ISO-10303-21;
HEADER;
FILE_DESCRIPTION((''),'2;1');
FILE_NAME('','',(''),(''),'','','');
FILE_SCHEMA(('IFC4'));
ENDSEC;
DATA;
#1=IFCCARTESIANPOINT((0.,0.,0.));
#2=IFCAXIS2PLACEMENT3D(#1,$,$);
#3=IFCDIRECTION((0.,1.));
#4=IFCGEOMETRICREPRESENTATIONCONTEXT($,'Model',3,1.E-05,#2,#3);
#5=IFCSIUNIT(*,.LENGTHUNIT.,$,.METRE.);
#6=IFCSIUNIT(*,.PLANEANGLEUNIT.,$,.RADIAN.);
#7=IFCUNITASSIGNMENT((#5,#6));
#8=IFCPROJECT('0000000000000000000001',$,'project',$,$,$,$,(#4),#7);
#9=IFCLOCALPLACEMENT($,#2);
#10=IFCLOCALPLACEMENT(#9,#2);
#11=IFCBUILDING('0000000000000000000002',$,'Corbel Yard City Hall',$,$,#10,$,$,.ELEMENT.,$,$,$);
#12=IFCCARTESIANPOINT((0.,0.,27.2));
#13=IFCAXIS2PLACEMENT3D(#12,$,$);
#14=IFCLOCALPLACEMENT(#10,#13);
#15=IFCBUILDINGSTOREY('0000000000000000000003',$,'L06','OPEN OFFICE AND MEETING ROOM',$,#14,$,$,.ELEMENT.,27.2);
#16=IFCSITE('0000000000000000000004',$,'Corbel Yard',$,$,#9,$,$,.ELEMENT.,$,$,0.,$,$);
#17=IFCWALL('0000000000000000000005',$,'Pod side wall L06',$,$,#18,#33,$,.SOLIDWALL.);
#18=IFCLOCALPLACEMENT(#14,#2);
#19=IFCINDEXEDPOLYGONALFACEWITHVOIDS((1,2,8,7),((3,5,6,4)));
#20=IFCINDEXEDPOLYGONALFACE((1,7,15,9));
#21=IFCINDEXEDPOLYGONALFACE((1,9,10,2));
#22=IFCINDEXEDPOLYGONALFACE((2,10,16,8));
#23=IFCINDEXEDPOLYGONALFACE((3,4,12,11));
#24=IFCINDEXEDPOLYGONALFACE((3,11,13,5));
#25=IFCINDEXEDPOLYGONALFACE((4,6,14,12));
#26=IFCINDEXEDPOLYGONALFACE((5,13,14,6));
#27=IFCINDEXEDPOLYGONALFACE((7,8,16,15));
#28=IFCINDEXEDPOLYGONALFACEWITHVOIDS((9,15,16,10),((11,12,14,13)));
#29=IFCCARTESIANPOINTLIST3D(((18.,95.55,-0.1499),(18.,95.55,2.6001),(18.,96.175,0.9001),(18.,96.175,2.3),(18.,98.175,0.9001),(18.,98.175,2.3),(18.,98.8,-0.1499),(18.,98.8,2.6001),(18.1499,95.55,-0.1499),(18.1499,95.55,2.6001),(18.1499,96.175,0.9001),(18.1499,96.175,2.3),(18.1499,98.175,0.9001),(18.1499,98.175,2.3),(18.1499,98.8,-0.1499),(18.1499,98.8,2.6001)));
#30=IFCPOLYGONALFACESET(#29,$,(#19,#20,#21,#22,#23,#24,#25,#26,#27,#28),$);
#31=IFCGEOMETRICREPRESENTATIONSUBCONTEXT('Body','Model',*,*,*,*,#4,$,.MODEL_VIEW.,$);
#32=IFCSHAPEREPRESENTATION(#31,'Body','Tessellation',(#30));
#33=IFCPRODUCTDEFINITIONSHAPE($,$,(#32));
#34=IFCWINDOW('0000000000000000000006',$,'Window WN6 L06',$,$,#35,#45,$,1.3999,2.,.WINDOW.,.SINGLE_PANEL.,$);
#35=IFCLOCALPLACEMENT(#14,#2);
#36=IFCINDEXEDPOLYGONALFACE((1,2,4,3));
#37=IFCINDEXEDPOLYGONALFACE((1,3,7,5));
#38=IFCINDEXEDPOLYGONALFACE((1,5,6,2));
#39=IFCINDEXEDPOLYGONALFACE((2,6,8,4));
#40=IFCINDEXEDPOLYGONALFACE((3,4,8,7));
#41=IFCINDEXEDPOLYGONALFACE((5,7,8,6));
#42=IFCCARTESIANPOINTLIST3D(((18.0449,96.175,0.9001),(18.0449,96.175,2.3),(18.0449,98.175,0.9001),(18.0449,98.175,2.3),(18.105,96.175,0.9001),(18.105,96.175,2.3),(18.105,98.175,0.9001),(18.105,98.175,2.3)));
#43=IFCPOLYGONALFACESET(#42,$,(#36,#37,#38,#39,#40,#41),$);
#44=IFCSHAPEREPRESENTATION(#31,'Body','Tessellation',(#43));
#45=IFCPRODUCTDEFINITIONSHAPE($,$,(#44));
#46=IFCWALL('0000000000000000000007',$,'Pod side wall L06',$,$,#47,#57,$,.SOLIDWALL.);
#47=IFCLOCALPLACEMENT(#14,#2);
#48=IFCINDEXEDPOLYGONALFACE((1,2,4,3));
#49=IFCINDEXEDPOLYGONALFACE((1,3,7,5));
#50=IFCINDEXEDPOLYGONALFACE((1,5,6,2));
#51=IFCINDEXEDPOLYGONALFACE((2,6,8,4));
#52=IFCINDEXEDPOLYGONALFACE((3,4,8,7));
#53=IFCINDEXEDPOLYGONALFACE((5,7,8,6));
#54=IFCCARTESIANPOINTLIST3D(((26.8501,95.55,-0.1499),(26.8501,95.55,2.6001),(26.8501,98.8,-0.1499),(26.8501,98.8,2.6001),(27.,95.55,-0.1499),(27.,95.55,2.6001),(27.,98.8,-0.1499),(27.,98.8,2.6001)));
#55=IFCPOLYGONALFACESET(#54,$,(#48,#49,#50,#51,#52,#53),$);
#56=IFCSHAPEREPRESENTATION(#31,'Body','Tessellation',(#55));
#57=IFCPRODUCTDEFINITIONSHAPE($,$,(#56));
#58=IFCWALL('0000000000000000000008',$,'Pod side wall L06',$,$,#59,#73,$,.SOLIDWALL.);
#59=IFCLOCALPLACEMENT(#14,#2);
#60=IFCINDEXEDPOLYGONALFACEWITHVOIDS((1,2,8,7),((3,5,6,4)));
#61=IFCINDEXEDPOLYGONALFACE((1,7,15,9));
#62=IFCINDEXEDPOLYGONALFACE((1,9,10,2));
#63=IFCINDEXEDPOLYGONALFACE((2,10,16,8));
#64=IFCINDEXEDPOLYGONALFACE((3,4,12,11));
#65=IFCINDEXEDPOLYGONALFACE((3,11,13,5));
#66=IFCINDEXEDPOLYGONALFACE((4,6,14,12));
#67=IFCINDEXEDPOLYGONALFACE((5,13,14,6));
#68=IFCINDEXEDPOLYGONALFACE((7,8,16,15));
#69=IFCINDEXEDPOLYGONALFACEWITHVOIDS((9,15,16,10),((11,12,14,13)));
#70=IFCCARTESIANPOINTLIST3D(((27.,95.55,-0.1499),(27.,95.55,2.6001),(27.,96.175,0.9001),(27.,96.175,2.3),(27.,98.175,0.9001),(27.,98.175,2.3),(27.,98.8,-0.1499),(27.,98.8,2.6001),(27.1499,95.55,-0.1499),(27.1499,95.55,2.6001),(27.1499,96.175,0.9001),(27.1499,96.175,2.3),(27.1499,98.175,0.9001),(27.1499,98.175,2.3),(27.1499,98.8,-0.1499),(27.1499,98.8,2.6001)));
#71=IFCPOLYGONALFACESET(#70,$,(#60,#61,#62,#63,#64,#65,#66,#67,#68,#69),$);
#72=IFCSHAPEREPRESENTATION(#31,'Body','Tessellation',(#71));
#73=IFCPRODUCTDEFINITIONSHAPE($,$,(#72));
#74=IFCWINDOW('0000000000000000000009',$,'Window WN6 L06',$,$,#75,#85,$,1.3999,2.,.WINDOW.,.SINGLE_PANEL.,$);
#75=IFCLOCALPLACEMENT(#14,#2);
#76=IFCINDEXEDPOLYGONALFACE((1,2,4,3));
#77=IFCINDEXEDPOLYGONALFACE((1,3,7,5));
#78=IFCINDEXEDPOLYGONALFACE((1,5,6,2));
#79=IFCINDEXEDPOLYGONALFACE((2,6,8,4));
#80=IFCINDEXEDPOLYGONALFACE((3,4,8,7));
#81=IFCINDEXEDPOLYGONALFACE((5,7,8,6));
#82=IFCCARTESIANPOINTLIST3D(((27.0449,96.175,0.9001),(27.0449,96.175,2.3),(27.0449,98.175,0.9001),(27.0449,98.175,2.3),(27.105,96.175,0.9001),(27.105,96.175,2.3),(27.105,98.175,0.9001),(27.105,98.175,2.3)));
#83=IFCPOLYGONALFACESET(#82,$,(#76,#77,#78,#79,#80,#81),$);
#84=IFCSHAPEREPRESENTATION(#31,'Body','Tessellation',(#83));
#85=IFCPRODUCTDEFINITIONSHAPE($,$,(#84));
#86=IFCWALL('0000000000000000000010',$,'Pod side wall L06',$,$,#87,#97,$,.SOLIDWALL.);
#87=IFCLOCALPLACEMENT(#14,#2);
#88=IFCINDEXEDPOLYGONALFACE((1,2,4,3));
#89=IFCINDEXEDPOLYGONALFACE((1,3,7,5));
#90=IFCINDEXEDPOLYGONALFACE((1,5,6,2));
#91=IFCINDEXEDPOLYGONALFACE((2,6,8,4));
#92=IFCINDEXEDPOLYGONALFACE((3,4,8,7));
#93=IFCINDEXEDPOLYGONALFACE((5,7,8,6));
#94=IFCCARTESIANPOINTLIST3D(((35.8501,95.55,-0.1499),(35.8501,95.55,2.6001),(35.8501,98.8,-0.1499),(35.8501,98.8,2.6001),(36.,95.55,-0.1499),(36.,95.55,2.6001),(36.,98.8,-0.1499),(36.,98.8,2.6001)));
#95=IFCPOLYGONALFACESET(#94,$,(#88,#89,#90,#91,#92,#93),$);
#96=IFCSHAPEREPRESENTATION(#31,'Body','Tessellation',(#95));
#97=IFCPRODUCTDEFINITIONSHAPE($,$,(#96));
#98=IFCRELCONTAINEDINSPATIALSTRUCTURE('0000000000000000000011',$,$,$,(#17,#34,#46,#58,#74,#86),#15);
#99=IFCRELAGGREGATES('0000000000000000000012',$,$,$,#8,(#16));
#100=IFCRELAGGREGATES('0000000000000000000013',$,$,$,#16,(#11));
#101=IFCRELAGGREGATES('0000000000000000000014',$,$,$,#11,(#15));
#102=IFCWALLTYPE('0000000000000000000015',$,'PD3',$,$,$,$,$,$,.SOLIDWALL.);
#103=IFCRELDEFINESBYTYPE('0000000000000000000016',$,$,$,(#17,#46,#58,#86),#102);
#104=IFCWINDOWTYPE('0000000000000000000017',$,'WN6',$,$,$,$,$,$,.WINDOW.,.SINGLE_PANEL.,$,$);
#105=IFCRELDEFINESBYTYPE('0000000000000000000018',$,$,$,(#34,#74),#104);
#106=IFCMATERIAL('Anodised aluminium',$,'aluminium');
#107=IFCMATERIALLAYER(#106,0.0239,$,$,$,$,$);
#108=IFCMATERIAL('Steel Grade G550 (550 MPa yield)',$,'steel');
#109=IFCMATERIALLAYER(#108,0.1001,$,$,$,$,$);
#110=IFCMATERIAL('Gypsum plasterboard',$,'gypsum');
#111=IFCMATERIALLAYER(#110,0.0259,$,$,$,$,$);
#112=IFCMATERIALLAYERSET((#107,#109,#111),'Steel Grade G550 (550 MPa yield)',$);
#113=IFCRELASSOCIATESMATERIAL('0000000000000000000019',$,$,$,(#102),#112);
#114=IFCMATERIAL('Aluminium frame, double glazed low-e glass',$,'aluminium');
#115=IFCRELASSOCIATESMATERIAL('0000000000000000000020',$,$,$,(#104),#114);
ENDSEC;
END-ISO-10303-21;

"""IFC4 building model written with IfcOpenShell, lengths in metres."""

from ifc_helpers import new_model, si_unit, direction, frame, frame_2d, origin, place, context, subcontext, project, spatial, rectangle, extrude, material, layer, layer_set, type_object, element, fill, save


model = new_model("IFC4")

# Units and contexts
model_context = context("Model", 3, precision=1e-05, world=origin(), true_north=direction((0.0, 1.0)))
body_context = subcontext(model_context, "Body", "Model", "MODEL_VIEW")
ifc_project = project(units=[si_unit("LENGTHUNIT", "METRE"), si_unit("PLANEANGLEUNIT", "RADIAN")], contexts=[model_context])

# Site, building, storey
site_placement = place(None, origin())
site = spatial("IfcSite", under=ifc_project, at=site_placement, Name="Corbel Yard", CompositionType="ELEMENT", RefElevation=0.0)
building_placement = place(site_placement, origin())
building = spatial("IfcBuilding", under=site, at=building_placement, Name="Corbel Yard City Hall", CompositionType="ELEMENT")
storey_placement = place(building_placement, frame((0.0, 0.0, 27.2)))
storey = spatial("IfcBuildingStorey", under=building, at=storey_placement, Name="L06", Description="OPEN OFFICE AND MEETING ROOM", CompositionType="ELEMENT", Elevation=27.2)

# Shared definitions
ifc_material_1 = material(Name="Anodised aluminium", Category="aluminium")
ifc_material_2 = material(Name="Steel Grade G550 (550 MPa yield)", Category="steel")
ifc_material_3 = material(Name="Gypsum plasterboard", Category="gypsum")
ifc_material_4 = material(Name="Aluminium frame, double glazed low-e glass", Category="aluminium")

# Wall, opening, window
ifc_layer_1 = layer(ifc_material_1, 0.0239)
ifc_layer_2 = layer(ifc_material_2, 0.1001)
ifc_layer_3 = layer(ifc_material_3, 0.0259)
ifc_layer_set_1 = layer_set([ifc_layer_1, ifc_layer_2, ifc_layer_3], Name="Steel Grade G550 (550 MPa yield)")
wall_type_1 = type_object("IfcWallType", Name="PD3", PredefinedType="SOLIDWALL", material=ifc_layer_set_1)
wall_1_placement = place(storey_placement, frame((18.075, 95.55, -0.1499), z_axis=(0.0, 0.0, 1.0), x_axis=(0.0, 1.0, 0.0)))
wall_1 = element("IfcWall", 1, at=wall_1_placement, inside=storey, type_object=wall_type_1, Name="Pod side wall L06", PredefinedType="SOLIDWALL", context=body_context, shape_type="SweptSolid", body=[
    extrude(rectangle(XDim=3.25, YDim=0.1499, at=frame_2d((1.625, 0.0))), origin(), (0.0, 0.0, 1.0), 2.75),
])
opening_1_placement = place(wall_1_placement, frame((0.625, 0.0, 1.05)))
opening_1 = element("IfcOpeningElement", 2, at=opening_1_placement, cuts=wall_1, PredefinedType="OPENING", context=body_context, shape_type="SweptSolid", body=[
    extrude(rectangle(XDim=2.0, YDim=1.3999, at=frame_2d((1.0, 0.7))), frame((0.0, 0.085, 0.0), z_axis=(0.0, -1.0, 0.0), x_axis=(1.0, 0.0, 0.0)), (0.0, 0.0, 1.0), 0.1699),
])
window_type_1 = type_object("IfcWindowType", Name="WN6", PartitioningType="SINGLE_PANEL", PredefinedType="WINDOW", material=ifc_material_4)
window_1_placement = place(opening_1_placement, origin())
window_1 = element("IfcWindow", 3, at=window_1_placement, inside=storey, type_object=window_type_1, Name="Window WN6 L06", OverallHeight=1.3999, OverallWidth=2.0, PartitioningType="SINGLE_PANEL", PredefinedType="WINDOW", context=body_context, shape_type="SweptSolid", body=[
    extrude(rectangle(XDim=2.0, YDim=1.3999, at=frame_2d((1.0, 0.7))), frame((0.0, 0.03, 0.0), z_axis=(0.0, -1.0, 0.0), x_axis=(1.0, 0.0, 0.0)), (0.0, 0.0, 1.0), 0.0601),
])
fill(opening_1, window_1)

# Wall
wall_2_placement = place(storey_placement, frame((26.925, 95.55, -0.1499), z_axis=(0.0, 0.0, 1.0), x_axis=(0.0, 1.0, 0.0)))
element("IfcWall", 4, at=wall_2_placement, inside=storey, type_object=wall_type_1, Name="Pod side wall L06", PredefinedType="SOLIDWALL", context=body_context, shape_type="SweptSolid", body=[
    extrude(rectangle(XDim=3.25, YDim=0.1499, at=frame_2d((1.625, 0.0))), origin(), (0.0, 0.0, 1.0), 2.75),
])

# Wall, opening, window
wall_3_placement = place(storey_placement, frame((27.075, 95.55, -0.1499), z_axis=(0.0, 0.0, 1.0), x_axis=(0.0, 1.0, 0.0)))
wall_3 = element("IfcWall", 5, at=wall_3_placement, inside=storey, type_object=wall_type_1, Name="Pod side wall L06", PredefinedType="SOLIDWALL", context=body_context, shape_type="SweptSolid", body=[
    extrude(rectangle(XDim=3.25, YDim=0.1499, at=frame_2d((1.625, 0.0))), origin(), (0.0, 0.0, 1.0), 2.75),
])
opening_2_placement = place(wall_3_placement, frame((0.625, 0.0, 1.05)))
opening_2 = element("IfcOpeningElement", 6, at=opening_2_placement, cuts=wall_3, PredefinedType="OPENING", context=body_context, shape_type="SweptSolid", body=[
    extrude(rectangle(XDim=2.0, YDim=1.3999, at=frame_2d((1.0, 0.7))), frame((0.0, 0.085, 0.0), z_axis=(0.0, -1.0, 0.0), x_axis=(1.0, 0.0, 0.0)), (0.0, 0.0, 1.0), 0.1699),
])
window_2_placement = place(opening_2_placement, origin())
window_2 = element("IfcWindow", 7, at=window_2_placement, inside=storey, type_object=window_type_1, Name="Window WN6 L06", OverallHeight=1.3999, OverallWidth=2.0, PartitioningType="SINGLE_PANEL", PredefinedType="WINDOW", context=body_context, shape_type="SweptSolid", body=[
    extrude(rectangle(XDim=2.0, YDim=1.3999, at=frame_2d((1.0, 0.7))), frame((0.0, 0.03, 0.0), z_axis=(0.0, -1.0, 0.0), x_axis=(1.0, 0.0, 0.0)), (0.0, 0.0, 1.0), 0.0601),
])
fill(opening_2, window_2)

# Wall
wall_4_placement = place(storey_placement, frame((35.925, 95.55, -0.1499), z_axis=(0.0, 0.0, 1.0), x_axis=(0.0, 1.0, 0.0)))
element("IfcWall", 8, at=wall_4_placement, inside=storey, type_object=wall_type_1, Name="Pod side wall L06", PredefinedType="SOLIDWALL", context=body_context, shape_type="SweptSolid", body=[
    extrude(rectangle(XDim=3.25, YDim=0.1499, at=frame_2d((1.625, 0.0))), origin(), (0.0, 0.0, 1.0), 2.75),
])

save(model, "model.ifc")
